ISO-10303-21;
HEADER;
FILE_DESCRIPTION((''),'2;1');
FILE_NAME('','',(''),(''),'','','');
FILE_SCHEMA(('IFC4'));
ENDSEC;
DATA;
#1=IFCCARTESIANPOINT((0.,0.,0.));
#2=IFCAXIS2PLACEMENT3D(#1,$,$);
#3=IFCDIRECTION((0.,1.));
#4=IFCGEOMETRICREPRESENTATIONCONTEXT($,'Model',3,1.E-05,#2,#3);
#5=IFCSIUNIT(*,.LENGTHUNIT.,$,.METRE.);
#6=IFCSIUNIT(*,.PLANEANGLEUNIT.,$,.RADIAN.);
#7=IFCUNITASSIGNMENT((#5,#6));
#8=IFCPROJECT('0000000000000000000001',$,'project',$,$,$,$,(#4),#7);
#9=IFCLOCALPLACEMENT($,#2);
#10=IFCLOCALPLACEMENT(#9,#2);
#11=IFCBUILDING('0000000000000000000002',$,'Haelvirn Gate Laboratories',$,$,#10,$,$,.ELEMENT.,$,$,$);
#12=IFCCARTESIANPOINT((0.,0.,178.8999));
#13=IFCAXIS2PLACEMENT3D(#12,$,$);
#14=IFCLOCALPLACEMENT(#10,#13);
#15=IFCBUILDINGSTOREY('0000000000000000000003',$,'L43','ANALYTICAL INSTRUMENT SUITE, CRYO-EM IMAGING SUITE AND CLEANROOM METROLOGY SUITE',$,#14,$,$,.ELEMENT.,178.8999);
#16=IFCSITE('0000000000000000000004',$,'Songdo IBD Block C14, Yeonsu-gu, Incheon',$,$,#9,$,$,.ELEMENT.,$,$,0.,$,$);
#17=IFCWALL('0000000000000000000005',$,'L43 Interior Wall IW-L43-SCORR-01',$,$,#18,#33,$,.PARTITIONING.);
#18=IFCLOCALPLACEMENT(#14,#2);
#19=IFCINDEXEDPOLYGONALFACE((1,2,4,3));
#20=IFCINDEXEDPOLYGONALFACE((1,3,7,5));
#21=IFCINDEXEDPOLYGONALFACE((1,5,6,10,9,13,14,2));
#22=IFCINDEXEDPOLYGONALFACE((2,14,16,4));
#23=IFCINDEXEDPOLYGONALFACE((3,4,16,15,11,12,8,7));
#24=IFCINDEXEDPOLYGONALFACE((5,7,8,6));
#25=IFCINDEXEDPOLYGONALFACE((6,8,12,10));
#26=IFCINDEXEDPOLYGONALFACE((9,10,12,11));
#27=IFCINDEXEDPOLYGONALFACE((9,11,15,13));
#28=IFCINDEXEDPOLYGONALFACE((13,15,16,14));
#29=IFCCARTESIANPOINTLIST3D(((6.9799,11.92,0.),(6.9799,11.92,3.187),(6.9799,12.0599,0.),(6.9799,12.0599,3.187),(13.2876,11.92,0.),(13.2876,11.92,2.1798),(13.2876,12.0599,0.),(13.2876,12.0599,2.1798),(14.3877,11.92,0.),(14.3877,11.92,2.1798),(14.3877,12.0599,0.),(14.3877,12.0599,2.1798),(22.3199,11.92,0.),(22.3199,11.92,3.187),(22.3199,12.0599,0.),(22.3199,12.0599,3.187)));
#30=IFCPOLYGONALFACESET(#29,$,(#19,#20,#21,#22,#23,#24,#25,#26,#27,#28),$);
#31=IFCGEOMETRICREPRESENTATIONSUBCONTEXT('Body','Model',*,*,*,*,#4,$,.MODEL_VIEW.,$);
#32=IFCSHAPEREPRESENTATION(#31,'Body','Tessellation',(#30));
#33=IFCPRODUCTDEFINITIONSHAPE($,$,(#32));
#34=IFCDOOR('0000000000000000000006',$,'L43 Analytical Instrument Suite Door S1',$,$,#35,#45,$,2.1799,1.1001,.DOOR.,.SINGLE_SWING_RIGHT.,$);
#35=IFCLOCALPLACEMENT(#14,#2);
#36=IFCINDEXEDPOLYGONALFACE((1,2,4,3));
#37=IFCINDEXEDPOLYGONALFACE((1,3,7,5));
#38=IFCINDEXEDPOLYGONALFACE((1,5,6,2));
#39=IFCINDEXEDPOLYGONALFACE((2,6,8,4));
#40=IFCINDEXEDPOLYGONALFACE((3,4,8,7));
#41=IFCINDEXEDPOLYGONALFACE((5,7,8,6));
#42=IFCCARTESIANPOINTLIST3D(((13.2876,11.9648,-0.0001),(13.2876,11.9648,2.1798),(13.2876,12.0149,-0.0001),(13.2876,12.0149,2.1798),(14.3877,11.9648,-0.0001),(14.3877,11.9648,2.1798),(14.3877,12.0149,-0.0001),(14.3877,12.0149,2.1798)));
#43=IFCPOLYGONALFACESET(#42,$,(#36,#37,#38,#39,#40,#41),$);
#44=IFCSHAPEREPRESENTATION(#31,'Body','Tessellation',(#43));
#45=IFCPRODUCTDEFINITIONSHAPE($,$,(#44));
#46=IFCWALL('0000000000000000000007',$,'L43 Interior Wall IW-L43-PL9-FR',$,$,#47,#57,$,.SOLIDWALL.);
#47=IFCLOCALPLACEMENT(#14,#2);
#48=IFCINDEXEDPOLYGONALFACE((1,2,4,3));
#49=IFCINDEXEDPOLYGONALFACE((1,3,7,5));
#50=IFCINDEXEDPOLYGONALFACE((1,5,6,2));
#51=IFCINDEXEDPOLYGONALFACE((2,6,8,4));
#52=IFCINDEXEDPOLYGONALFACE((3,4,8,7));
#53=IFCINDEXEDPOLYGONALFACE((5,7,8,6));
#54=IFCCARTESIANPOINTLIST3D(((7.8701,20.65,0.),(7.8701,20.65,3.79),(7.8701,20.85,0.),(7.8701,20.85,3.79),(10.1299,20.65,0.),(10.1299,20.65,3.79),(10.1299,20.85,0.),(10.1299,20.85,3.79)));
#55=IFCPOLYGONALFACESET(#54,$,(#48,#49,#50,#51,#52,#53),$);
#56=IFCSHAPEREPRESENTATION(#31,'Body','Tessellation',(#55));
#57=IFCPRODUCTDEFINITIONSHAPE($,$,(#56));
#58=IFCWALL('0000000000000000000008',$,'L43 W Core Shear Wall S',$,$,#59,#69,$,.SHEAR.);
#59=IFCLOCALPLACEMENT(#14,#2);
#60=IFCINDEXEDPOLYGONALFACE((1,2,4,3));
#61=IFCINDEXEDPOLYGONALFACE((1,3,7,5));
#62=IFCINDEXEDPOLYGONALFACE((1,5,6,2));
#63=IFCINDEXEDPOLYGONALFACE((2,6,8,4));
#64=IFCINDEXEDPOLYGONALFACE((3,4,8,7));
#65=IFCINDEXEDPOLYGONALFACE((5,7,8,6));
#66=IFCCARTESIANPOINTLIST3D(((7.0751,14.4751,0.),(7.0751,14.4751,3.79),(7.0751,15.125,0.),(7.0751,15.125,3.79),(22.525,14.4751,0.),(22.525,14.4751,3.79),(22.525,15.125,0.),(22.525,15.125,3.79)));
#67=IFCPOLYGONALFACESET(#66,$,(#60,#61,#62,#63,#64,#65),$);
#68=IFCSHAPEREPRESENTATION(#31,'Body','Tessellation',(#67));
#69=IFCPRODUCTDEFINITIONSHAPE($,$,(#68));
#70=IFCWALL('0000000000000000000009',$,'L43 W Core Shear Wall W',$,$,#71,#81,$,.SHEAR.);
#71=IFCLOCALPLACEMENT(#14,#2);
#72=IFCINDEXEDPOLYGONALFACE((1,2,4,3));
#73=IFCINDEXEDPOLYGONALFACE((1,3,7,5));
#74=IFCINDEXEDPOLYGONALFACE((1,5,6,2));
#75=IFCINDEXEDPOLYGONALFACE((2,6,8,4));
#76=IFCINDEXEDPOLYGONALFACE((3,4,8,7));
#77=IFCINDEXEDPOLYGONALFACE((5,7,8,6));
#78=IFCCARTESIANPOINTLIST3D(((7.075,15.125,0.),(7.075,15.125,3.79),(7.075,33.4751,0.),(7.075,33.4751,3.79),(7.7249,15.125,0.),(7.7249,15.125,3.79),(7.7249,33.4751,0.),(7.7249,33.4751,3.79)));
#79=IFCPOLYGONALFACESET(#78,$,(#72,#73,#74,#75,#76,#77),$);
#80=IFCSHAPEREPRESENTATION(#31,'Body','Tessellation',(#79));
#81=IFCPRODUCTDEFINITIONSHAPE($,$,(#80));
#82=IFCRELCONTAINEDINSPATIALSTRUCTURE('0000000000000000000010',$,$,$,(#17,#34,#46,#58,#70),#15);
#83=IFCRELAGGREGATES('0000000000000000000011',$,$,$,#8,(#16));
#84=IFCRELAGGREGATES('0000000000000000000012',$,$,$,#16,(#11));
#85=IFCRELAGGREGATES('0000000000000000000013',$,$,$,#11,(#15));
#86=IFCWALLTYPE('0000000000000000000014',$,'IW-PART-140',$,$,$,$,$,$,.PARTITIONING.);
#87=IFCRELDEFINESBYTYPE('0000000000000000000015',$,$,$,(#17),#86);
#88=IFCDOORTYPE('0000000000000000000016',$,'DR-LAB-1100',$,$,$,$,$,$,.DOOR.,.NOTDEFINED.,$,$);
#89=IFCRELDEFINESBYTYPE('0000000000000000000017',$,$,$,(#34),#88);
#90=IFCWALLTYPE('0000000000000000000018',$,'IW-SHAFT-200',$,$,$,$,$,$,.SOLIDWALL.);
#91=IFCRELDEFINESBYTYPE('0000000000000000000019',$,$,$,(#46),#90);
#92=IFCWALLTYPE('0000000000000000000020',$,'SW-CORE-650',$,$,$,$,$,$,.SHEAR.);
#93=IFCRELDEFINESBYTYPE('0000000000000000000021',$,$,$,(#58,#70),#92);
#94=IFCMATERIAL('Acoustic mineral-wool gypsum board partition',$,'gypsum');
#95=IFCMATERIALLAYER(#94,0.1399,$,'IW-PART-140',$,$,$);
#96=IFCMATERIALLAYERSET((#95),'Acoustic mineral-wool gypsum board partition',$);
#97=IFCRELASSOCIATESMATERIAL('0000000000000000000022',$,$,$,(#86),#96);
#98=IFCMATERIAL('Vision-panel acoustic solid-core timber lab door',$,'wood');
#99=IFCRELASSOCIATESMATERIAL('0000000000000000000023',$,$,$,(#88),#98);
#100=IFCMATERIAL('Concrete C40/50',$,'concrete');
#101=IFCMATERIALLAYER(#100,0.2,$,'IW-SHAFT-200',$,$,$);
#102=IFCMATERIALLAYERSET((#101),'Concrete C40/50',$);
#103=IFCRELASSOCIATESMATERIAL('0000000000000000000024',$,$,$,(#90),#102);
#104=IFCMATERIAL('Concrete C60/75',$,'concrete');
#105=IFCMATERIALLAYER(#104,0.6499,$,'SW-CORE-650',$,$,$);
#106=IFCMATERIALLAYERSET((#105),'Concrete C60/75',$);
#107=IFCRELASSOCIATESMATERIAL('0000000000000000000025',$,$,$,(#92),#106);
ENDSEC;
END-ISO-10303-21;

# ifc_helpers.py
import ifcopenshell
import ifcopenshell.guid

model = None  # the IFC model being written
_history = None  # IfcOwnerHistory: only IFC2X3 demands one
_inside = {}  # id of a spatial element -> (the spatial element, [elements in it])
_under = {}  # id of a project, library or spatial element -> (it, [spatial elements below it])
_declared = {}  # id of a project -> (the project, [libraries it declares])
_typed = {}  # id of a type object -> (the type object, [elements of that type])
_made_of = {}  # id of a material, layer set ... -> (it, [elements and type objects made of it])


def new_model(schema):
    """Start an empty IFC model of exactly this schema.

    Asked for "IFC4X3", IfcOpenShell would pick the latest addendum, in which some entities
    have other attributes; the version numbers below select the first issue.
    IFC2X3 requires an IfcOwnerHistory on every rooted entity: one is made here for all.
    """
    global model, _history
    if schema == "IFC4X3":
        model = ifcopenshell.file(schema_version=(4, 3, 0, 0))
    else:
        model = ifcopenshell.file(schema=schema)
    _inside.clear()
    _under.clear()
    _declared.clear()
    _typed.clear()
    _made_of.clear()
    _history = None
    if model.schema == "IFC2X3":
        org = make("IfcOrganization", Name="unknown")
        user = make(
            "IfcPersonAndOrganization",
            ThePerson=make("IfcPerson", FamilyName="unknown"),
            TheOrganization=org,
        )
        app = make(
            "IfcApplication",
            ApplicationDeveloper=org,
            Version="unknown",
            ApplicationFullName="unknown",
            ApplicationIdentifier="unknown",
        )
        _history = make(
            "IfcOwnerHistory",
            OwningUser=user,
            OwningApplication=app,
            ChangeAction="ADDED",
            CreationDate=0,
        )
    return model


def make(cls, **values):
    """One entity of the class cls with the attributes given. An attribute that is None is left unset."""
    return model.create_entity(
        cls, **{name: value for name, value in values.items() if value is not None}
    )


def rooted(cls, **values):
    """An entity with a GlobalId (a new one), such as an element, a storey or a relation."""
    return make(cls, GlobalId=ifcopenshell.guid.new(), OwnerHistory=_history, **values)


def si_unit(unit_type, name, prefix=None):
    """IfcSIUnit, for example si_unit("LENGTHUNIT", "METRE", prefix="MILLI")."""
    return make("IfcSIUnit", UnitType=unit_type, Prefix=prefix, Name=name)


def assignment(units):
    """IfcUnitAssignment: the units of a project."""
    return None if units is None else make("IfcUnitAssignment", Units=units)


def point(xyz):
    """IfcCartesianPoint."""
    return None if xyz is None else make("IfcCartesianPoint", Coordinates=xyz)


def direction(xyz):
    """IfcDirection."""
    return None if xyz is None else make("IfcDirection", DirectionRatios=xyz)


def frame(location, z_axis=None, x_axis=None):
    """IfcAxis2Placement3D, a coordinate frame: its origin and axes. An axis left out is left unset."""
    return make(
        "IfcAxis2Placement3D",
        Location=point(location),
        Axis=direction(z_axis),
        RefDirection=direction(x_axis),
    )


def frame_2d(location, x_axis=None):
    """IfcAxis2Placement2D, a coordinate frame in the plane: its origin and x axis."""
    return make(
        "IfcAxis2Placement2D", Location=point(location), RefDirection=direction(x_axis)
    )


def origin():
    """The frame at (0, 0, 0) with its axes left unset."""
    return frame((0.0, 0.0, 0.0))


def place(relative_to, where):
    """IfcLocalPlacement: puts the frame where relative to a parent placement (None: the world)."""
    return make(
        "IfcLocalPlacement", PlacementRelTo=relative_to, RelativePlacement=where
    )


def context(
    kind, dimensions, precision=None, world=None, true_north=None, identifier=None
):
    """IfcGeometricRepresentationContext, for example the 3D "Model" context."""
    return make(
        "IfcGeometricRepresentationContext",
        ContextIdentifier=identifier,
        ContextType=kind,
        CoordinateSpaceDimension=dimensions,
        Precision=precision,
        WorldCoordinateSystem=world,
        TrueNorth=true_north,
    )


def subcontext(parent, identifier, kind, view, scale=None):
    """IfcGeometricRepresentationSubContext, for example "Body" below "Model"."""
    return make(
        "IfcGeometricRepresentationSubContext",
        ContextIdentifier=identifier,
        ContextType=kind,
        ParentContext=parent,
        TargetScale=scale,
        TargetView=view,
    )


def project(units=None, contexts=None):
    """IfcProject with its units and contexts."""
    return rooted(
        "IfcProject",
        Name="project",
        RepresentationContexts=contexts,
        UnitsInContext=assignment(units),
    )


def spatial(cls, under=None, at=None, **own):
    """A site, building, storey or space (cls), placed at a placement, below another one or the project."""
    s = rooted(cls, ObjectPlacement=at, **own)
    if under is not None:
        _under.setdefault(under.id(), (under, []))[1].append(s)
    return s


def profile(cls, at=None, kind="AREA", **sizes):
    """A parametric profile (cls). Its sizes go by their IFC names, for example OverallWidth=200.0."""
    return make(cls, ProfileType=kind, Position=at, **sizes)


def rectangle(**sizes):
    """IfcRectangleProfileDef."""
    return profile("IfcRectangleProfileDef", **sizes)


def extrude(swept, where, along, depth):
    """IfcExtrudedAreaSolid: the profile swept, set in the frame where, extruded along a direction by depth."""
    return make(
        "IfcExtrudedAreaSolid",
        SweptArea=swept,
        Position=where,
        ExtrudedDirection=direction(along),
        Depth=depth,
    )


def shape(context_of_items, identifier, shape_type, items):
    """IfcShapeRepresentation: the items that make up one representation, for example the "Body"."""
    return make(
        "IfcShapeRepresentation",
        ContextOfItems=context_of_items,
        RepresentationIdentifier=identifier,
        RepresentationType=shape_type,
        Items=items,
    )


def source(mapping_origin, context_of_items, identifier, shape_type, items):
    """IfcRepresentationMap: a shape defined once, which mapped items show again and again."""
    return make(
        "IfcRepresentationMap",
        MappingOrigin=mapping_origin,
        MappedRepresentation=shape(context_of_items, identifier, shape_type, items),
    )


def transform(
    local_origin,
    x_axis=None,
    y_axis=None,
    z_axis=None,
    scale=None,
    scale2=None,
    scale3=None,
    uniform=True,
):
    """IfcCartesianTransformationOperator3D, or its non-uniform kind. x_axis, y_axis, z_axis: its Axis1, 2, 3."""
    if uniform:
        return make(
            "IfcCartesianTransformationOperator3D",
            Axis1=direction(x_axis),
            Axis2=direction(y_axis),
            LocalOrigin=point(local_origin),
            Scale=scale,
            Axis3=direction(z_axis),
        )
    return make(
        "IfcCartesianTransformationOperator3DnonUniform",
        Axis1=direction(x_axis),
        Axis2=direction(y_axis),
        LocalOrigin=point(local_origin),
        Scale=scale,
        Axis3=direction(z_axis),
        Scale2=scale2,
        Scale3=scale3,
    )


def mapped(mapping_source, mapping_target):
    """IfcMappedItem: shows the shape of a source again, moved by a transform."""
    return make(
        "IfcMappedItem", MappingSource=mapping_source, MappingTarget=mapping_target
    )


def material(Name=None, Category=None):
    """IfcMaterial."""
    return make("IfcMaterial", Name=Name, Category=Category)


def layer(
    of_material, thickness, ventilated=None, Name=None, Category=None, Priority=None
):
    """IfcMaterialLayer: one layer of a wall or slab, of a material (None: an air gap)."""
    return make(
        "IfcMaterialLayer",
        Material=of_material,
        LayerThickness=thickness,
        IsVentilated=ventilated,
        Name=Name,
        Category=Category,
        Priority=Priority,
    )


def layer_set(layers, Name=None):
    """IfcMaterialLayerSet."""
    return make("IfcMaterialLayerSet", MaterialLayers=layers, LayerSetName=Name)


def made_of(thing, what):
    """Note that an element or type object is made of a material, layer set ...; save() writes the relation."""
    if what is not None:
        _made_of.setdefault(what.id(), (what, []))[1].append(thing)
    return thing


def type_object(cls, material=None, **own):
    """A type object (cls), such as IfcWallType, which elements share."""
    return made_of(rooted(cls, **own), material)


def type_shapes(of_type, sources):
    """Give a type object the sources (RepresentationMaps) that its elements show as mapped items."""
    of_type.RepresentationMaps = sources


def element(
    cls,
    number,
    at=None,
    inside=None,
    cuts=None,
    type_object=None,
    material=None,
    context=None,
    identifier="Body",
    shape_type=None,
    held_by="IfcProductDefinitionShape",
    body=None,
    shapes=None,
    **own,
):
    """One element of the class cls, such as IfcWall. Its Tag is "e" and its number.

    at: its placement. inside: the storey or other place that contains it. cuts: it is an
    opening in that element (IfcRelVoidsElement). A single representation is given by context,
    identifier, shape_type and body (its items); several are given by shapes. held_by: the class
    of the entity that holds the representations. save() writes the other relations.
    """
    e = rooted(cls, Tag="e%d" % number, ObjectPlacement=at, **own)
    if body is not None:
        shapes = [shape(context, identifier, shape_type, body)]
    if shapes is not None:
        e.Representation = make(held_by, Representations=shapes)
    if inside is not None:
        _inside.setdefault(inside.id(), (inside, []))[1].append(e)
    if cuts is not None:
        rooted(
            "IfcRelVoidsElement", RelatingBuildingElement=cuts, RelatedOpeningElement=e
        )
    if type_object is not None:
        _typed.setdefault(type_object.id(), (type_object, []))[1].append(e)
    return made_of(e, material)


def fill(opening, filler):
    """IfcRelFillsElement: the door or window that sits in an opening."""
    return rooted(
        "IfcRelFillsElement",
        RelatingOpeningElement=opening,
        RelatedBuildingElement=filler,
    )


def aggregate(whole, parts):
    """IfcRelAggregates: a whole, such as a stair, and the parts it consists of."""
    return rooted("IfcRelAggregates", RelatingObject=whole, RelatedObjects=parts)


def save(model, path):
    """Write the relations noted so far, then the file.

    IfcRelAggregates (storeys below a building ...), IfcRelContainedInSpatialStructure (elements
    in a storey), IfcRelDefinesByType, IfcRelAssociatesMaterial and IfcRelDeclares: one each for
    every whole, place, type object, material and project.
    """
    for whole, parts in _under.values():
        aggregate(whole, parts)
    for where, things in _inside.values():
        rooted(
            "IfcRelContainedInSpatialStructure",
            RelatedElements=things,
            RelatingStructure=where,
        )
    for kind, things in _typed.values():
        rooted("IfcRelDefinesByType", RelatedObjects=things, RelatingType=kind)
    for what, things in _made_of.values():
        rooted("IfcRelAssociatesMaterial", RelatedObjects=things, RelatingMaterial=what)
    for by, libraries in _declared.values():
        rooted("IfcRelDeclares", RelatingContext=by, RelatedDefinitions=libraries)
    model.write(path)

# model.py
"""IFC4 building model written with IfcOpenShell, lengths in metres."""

from ifc_helpers import new_model, si_unit, direction, frame, frame_2d, origin, place, context, subcontext, project, spatial, rectangle, extrude, source, transform, mapped, material, layer, layer_set, type_object, type_shapes, element, fill, save


model = new_model("IFC4")

# Units and contexts
model_context = context("Model", 3, precision=1e-05, world=origin(), true_north=direction((0.0, 1.0)))
body_context = subcontext(model_context, "Body", "Model", "MODEL_VIEW")
ifc_project = project(units=[si_unit("LENGTHUNIT", "METRE"), si_unit("PLANEANGLEUNIT", "RADIAN")], contexts=[model_context])

# Site, building, storey
site_placement = place(None, origin())
site = spatial("IfcSite", under=ifc_project, at=site_placement, Name="Songdo IBD Block C14, Yeonsu-gu, Incheon", CompositionType="ELEMENT", RefElevation=0.0)
building_placement = place(site_placement, origin())
building = spatial("IfcBuilding", under=site, at=building_placement, Name="Haelvirn Gate Laboratories", CompositionType="ELEMENT")
storey_placement = place(building_placement, frame((0.0, 0.0, 178.8999)))
storey = spatial("IfcBuildingStorey", under=building, at=storey_placement, Name="L43", Description="ANALYTICAL INSTRUMENT SUITE, CRYO-EM IMAGING SUITE AND CLEANROOM METROLOGY SUITE", CompositionType="ELEMENT", Elevation=178.8999)

# Shared definitions
ifc_material_1 = material(Name="Concrete C60/75", Category="concrete")

# Wall, opening, door
ifc_material_2 = material(Name="Acoustic mineral-wool gypsum board partition", Category="gypsum")
ifc_layer_1 = layer(ifc_material_2, 0.1399, Name="IW-PART-140")
ifc_layer_set_1 = layer_set([ifc_layer_1], Name="Acoustic mineral-wool gypsum board partition")
wall_type_1 = type_object("IfcWallType", Name="IW-PART-140", PredefinedType="PARTITIONING", material=ifc_layer_set_1)
wall_1_placement = place(storey_placement, frame((6.98, 11.99, 0.0), z_axis=(0.0, 0.0, 1.0), x_axis=(1.0, 0.0, 0.0)))
wall_1 = element("IfcWall", 1, at=wall_1_placement, inside=storey, type_object=wall_type_1, Name="L43 Interior Wall IW-L43-SCORR-01", PredefinedType="PARTITIONING", context=body_context, shape_type="SweptSolid", body=[
    extrude(rectangle(XDim=15.3401, YDim=0.1399, at=frame_2d((7.6699, 0.0))), origin(), (0.0, 0.0, 1.0), 3.187),
])
opening_1_placement = place(wall_1_placement, frame((6.3076, 0.0, 0.0)))
opening_1 = element("IfcOpeningElement", 2, at=opening_1_placement, cuts=wall_1, PredefinedType="OPENING", context=body_context, shape_type="SweptSolid", body=[
    extrude(rectangle(XDim=1.1001, YDim=2.1799, at=frame_2d((0.55, 1.0898))), frame((0.0, 0.0801, 0.0), z_axis=(0.0, -1.0, 0.0), x_axis=(1.0, 0.0, 0.0)), (0.0, 0.0, 1.0), 0.1599),
])
ifc_material_3 = material(Name="Vision-panel acoustic solid-core timber lab door", Category="wood")
door_type_1 = type_object("IfcDoorType", Name="DR-LAB-1100", OperationType="NOTDEFINED", PredefinedType="DOOR", material=ifc_material_3)
shared_shape_1 = source(origin(), body_context, "Body", "SweptSolid", [
    extrude(rectangle(XDim=1.1001, YDim=2.1799, at=frame_2d((0.55, 1.0898))), frame((0.0, 0.0249, 0.0), z_axis=(0.0, -1.0, 0.0), x_axis=(1.0, 0.0, 0.0)), (0.0, 0.0, 1.0), 0.05),
])
type_shapes(door_type_1, [shared_shape_1])
door_1_placement = place(opening_1_placement, origin())
door_1 = element("IfcDoor", 3, at=door_1_placement, inside=storey, type_object=door_type_1, Name="L43 Analytical Instrument Suite Door S1", OperationType="SINGLE_SWING_RIGHT", OverallHeight=2.1799, OverallWidth=1.1001, PredefinedType="DOOR", context=body_context, shape_type="MappedRepresentation", body=[
    mapped(shared_shape_1, transform((0.0, 0.0, 0.0), scale=1.0)),
])
fill(opening_1, door_1)

# Walls
ifc_material_4 = material(Name="Concrete C40/50", Category="concrete")
ifc_layer_2 = layer(ifc_material_4, 0.2, Name="IW-SHAFT-200")
ifc_layer_set_2 = layer_set([ifc_layer_2], Name="Concrete C40/50")
wall_type_2 = type_object("IfcWallType", Name="IW-SHAFT-200", PredefinedType="SOLIDWALL", material=ifc_layer_set_2)
wall_2_placement = place(storey_placement, frame((7.8701, 20.75, 0.0), z_axis=(0.0, 0.0, 1.0), x_axis=(1.0, 0.0, 0.0)))
element("IfcWall", 4, at=wall_2_placement, inside=storey, type_object=wall_type_2, Name="L43 Interior Wall IW-L43-PL9-FR", PredefinedType="SOLIDWALL", context=body_context, shape_type="SweptSolid", body=[
    extrude(rectangle(XDim=2.2598, YDim=0.2, at=frame_2d((1.1299, 0.0))), origin(), (0.0, 0.0, 1.0), 3.79),
])
ifc_layer_3 = layer(ifc_material_1, 0.6499, Name="SW-CORE-650")
ifc_layer_set_3 = layer_set([ifc_layer_3], Name="Concrete C60/75")
wall_type_3 = type_object("IfcWallType", Name="SW-CORE-650", PredefinedType="SHEAR", material=ifc_layer_set_3)
wall_3_placement = place(storey_placement, frame((7.075, 14.8, 0.0), z_axis=(0.0, 0.0, 1.0), x_axis=(1.0, 0.0, 0.0)))
element("IfcWall", 5, at=wall_3_placement, inside=storey, type_object=wall_type_3, Name="L43 W Core Shear Wall S", PredefinedType="SHEAR", context=body_context, shape_type="SweptSolid", body=[
    extrude(rectangle(XDim=15.45, YDim=0.6499, at=frame_2d((7.7251, 0.0))), origin(), (0.0, 0.0, 1.0), 3.79),
])
wall_4_placement = place(storey_placement, frame((7.3999, 15.125, 0.0), z_axis=(0.0, 0.0, 1.0), x_axis=(0.0, 1.0, 0.0)))
element("IfcWall", 6, at=wall_4_placement, inside=storey, type_object=wall_type_3, Name="L43 W Core Shear Wall W", PredefinedType="SHEAR", context=body_context, shape_type="SweptSolid", body=[
    extrude(rectangle(XDim=18.3501, YDim=0.6499, at=frame_2d((9.175, 0.0))), origin(), (0.0, 0.0, 1.0), 3.79),
])

save(model, "model.ifc")
